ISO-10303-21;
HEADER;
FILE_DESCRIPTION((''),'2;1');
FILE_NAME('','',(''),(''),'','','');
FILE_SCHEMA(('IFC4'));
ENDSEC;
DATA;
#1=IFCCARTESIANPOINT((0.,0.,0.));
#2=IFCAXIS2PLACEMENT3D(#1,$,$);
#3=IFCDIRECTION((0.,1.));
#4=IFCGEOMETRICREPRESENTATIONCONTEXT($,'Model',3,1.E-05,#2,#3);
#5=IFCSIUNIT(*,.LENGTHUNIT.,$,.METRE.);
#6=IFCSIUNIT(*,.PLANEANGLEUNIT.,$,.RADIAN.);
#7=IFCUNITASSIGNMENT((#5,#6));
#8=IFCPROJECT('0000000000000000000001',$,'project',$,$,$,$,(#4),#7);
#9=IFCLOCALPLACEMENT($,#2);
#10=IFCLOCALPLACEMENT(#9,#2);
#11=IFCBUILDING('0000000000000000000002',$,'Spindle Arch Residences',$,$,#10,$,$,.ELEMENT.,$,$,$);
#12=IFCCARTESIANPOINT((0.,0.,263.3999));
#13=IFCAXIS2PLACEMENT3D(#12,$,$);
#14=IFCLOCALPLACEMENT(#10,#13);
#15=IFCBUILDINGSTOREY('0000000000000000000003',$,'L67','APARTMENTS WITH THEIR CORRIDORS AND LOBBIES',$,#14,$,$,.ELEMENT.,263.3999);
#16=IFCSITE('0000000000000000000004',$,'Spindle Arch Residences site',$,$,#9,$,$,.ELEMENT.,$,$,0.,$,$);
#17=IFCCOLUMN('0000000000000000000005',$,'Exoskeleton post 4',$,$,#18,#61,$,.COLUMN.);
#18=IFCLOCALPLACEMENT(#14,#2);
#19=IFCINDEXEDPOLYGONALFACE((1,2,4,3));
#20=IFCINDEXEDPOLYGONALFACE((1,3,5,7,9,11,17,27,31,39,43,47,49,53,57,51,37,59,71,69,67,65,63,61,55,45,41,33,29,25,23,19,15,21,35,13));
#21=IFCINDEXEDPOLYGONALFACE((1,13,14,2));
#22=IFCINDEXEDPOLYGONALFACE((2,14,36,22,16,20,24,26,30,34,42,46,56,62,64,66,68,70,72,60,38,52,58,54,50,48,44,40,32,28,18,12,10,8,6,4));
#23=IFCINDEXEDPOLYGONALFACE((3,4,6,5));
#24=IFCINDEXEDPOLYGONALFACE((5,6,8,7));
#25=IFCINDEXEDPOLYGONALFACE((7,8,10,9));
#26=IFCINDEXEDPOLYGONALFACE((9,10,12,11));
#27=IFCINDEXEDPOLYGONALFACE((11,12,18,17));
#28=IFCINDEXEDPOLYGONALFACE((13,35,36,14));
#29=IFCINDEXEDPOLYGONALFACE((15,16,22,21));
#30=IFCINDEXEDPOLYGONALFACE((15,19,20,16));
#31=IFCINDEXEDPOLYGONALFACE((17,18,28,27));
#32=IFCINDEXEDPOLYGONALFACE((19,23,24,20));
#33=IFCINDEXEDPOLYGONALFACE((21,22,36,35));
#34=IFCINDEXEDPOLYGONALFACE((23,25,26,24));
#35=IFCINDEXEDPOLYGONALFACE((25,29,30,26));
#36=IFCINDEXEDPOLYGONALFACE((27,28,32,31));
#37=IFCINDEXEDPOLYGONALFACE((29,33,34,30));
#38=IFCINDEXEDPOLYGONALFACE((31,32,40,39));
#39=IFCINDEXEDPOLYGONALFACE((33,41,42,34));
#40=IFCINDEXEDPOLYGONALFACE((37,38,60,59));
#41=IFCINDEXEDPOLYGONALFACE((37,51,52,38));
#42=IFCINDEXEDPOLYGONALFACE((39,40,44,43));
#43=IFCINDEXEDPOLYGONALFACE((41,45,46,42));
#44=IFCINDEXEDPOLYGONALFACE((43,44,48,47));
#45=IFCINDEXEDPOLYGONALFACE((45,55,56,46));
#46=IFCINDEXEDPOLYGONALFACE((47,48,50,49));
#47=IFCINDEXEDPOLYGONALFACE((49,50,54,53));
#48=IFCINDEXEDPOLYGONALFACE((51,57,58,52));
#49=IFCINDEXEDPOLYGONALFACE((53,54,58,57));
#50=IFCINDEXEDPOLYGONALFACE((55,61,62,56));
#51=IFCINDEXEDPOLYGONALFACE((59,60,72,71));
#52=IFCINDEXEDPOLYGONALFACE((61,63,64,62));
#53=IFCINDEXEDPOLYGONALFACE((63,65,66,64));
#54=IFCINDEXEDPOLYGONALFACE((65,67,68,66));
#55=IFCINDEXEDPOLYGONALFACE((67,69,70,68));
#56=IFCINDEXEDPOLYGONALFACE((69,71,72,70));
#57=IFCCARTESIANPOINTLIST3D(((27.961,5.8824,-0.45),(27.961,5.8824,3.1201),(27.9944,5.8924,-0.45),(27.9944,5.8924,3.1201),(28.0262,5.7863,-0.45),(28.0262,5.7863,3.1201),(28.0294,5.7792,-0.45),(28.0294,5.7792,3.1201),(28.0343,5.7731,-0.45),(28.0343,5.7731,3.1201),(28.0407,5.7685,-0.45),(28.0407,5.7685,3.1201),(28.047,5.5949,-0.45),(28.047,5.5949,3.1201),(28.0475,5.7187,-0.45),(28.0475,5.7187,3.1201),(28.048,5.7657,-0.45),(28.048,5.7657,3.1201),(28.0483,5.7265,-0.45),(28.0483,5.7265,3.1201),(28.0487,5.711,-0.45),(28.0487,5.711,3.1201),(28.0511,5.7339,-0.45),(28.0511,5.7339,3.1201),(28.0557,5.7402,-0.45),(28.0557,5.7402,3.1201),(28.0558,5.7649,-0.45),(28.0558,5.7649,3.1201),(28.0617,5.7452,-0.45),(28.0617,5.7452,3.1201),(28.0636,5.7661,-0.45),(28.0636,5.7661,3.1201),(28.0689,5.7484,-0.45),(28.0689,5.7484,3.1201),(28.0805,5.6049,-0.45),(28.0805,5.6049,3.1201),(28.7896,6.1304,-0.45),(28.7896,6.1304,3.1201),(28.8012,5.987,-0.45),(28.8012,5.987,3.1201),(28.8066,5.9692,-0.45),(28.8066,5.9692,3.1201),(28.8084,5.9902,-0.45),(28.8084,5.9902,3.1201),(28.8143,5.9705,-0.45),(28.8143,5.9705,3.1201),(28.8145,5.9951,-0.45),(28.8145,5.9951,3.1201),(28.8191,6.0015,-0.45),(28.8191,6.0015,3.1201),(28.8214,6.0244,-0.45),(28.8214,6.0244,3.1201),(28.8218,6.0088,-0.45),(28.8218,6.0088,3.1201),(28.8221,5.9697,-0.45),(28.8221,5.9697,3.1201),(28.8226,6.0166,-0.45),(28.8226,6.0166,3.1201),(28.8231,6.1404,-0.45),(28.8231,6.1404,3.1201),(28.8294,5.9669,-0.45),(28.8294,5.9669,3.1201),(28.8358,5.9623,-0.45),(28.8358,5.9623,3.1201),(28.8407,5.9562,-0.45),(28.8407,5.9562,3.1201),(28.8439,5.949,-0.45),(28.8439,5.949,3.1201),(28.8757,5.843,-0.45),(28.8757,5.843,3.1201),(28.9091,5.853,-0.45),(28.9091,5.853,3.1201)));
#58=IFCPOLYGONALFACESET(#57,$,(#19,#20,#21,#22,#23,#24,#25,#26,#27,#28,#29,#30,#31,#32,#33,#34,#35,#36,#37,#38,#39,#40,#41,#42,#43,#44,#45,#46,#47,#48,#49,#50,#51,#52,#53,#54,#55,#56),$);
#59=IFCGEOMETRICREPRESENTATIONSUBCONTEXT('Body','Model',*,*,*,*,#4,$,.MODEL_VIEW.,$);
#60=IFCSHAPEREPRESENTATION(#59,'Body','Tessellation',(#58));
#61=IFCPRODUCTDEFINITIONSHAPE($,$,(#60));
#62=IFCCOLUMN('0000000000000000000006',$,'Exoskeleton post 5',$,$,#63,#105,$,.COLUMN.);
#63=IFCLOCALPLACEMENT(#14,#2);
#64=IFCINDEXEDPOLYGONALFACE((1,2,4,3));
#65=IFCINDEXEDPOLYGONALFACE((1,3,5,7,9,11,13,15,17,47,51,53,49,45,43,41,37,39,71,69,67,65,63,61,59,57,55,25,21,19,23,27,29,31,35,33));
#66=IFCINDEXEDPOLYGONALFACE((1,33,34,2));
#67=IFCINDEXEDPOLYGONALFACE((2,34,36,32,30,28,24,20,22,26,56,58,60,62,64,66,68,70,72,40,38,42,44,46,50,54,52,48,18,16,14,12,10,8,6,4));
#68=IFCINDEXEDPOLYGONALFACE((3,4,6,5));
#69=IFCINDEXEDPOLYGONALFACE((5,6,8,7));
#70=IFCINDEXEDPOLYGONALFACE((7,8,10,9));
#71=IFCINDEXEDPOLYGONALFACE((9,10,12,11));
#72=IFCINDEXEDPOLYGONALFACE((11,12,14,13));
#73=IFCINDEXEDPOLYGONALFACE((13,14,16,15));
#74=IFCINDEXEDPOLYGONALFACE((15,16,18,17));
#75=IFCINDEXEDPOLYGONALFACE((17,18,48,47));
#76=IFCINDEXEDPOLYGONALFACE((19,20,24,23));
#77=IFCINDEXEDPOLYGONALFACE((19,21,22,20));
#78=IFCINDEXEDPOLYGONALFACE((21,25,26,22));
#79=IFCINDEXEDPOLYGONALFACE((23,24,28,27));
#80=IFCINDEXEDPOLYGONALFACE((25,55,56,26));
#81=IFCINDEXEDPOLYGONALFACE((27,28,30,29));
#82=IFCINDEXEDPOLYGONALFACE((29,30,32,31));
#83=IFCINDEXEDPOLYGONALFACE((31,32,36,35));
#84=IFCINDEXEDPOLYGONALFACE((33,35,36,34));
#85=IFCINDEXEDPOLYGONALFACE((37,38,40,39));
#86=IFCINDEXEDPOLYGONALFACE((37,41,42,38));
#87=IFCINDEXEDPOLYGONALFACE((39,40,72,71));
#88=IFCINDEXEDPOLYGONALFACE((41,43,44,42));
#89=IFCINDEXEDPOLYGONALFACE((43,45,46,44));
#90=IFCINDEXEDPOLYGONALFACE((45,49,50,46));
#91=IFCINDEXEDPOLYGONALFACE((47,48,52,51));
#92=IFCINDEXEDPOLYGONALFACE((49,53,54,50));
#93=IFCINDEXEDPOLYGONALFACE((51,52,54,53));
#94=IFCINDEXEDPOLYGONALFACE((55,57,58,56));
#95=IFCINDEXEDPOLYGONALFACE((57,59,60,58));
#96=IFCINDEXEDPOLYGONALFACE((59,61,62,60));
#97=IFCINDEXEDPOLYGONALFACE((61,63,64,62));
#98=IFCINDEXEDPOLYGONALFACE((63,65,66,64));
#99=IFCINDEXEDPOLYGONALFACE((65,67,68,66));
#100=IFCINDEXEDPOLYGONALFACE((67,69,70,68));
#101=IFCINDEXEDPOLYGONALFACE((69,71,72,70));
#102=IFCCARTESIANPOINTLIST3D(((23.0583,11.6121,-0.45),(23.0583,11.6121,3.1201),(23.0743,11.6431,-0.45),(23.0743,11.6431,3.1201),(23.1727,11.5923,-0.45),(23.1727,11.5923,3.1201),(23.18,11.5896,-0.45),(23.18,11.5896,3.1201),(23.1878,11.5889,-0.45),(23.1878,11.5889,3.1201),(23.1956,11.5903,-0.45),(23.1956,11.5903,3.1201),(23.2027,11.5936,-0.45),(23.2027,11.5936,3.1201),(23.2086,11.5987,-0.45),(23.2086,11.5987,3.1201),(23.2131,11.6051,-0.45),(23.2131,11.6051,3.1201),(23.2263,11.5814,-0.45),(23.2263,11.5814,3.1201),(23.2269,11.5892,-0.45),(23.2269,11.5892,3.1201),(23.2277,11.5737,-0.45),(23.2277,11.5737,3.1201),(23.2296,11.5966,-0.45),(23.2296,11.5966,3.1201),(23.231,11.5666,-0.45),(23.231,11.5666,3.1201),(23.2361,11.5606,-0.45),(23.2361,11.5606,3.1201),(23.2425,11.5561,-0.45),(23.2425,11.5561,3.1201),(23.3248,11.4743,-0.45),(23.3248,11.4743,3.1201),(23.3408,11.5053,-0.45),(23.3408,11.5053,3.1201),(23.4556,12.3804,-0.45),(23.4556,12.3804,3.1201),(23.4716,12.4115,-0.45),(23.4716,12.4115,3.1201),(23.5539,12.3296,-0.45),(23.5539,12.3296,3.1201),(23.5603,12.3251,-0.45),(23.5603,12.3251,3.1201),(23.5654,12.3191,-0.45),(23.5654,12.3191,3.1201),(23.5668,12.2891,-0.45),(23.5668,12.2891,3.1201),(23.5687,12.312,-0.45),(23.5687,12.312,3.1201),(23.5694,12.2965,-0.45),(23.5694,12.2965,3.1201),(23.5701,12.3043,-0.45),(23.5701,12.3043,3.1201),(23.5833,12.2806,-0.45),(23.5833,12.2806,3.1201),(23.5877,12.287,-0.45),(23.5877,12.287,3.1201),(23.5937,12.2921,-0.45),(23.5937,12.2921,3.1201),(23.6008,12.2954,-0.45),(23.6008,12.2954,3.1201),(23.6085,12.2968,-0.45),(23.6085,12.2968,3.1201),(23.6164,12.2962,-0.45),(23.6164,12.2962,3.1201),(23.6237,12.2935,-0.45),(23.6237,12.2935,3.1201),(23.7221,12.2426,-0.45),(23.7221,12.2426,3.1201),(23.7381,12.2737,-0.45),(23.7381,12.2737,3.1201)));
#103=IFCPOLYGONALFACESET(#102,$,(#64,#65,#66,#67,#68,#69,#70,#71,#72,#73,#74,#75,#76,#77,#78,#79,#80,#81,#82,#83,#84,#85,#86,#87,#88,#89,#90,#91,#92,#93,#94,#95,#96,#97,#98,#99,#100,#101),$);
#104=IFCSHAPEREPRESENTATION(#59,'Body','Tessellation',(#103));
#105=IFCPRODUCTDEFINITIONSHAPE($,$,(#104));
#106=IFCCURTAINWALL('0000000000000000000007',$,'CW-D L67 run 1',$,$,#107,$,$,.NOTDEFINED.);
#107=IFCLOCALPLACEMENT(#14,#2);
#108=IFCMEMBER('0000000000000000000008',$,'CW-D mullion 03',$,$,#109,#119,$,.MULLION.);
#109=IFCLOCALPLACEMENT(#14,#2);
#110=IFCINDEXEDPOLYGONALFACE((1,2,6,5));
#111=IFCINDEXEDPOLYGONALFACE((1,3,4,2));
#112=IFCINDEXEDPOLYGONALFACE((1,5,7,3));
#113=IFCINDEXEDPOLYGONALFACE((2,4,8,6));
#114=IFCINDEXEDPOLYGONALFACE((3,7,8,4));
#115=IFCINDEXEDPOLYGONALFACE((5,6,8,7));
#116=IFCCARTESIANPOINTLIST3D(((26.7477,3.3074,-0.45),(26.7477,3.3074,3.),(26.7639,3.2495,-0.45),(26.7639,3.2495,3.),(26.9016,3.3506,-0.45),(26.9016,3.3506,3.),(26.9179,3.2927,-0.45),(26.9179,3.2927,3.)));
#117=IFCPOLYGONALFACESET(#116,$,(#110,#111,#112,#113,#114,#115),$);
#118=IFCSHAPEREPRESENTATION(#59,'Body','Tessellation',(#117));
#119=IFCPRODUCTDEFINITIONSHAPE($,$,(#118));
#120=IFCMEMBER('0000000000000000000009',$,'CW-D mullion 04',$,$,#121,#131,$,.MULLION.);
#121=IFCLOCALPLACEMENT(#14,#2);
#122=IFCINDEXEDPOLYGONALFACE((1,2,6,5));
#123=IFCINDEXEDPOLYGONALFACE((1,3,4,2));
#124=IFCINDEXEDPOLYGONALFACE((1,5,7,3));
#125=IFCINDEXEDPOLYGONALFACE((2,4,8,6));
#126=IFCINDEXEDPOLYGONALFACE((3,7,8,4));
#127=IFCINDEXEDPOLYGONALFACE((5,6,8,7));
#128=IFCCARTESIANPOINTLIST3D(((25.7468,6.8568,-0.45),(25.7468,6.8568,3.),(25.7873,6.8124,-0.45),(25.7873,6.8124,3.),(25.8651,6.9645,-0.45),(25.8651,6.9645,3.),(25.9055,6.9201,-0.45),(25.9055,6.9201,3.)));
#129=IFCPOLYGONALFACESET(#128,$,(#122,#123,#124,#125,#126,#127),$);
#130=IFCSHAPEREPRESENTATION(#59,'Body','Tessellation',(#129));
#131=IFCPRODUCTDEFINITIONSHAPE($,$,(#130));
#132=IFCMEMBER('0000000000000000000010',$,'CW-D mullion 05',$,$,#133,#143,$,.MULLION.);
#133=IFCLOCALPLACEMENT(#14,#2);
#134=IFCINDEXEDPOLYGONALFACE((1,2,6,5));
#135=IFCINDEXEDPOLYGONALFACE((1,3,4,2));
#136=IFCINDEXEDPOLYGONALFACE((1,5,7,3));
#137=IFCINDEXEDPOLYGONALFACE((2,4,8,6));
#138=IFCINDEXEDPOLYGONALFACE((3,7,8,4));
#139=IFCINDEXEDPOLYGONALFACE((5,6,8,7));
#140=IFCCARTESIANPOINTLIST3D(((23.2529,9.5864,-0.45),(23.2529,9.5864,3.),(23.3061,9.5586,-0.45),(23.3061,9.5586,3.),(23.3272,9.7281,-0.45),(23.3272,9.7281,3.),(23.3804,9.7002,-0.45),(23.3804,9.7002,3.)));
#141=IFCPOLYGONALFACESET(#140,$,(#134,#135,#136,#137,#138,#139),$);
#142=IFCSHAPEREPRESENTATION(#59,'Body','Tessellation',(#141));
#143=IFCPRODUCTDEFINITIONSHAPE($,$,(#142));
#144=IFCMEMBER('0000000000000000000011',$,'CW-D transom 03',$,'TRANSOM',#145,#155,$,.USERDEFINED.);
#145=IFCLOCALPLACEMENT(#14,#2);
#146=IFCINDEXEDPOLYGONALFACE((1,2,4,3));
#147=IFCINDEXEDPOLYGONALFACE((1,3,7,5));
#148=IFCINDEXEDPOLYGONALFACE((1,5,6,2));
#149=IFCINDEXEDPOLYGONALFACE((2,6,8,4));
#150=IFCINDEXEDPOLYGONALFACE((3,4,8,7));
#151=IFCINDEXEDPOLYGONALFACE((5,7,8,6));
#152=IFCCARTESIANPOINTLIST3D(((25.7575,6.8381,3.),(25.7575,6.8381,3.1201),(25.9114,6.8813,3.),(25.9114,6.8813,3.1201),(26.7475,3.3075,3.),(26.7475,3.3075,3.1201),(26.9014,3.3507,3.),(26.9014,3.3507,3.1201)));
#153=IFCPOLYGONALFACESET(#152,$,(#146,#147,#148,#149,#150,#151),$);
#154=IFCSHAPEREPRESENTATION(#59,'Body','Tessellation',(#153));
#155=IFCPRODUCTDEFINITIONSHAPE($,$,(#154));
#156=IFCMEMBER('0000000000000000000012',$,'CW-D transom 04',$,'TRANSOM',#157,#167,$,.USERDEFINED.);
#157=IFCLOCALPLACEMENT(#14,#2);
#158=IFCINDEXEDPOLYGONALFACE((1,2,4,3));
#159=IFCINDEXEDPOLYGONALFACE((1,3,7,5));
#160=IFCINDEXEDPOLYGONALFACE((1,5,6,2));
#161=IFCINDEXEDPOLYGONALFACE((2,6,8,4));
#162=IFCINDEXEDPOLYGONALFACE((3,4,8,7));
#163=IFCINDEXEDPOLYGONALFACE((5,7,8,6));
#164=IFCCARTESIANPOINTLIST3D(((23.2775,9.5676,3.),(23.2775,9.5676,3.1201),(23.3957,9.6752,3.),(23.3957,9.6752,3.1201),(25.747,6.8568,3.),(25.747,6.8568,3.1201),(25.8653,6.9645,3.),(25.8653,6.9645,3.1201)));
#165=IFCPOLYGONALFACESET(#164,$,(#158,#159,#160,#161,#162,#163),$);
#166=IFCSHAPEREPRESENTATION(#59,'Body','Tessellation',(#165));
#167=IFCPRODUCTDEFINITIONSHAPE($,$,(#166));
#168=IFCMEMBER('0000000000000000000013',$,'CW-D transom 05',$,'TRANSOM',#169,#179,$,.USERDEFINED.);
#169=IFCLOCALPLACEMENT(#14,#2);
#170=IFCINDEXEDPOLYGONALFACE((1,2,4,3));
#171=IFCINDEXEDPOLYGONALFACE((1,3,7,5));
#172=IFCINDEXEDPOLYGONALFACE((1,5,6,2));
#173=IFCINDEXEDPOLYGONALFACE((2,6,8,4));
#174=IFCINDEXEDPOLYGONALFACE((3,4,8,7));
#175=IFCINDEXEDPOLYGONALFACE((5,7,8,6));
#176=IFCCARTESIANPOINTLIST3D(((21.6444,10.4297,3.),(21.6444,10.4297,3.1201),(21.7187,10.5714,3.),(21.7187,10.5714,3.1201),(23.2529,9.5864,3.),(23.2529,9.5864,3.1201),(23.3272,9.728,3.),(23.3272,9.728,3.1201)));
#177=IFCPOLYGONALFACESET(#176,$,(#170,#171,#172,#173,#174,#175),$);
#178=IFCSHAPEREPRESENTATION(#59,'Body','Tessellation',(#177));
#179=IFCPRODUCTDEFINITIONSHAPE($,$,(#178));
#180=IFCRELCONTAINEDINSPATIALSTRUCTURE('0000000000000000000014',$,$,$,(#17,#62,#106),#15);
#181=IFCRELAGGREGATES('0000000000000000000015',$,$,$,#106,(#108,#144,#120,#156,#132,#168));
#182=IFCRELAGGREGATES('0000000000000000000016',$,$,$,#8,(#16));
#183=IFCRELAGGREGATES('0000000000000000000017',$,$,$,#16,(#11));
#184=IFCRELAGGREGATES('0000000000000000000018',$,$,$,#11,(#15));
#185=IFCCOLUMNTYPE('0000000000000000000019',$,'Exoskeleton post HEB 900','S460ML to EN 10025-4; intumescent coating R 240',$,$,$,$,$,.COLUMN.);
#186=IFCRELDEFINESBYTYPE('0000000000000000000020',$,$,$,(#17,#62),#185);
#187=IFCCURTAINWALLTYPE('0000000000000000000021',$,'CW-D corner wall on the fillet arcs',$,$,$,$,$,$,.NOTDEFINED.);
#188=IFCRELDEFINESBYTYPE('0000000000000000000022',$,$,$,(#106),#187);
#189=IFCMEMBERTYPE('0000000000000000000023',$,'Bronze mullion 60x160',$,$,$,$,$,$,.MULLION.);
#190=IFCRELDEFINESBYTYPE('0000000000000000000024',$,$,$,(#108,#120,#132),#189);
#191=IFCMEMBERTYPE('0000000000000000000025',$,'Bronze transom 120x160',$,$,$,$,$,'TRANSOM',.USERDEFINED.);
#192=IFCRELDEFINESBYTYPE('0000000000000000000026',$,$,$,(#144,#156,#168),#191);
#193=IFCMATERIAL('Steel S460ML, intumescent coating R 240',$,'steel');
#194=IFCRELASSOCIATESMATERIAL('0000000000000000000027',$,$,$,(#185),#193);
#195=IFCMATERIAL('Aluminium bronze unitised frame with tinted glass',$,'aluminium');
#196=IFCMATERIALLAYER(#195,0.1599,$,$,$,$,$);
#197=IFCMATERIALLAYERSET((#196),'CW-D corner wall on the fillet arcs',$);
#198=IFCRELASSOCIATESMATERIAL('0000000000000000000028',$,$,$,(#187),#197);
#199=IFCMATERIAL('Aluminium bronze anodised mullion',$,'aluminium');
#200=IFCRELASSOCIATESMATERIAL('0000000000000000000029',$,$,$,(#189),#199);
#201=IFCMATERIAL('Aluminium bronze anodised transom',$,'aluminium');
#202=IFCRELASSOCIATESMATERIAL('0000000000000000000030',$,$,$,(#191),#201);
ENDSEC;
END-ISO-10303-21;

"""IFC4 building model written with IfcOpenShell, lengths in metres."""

from ifc_helpers import new_model, si_unit, direction, frame, origin, origin_2d, place, context, subcontext, project, spatial, rectangle, i_section, extrude, material, layer, layer_set, material_profile, profile_set, type_object, element, aggregate, save


model = new_model("IFC4")

# Units and contexts
model_context = context("Model", 3, precision=1e-05, world=origin(), true_north=direction((0.0, 1.0)))
body_context = subcontext(model_context, "Body", "Model", "MODEL_VIEW")
ifc_project = project(units=[si_unit("LENGTHUNIT", "METRE"), si_unit("PLANEANGLEUNIT", "RADIAN")], contexts=[model_context])

# Site, building, storey
site_placement = place(None, origin())
site = spatial("IfcSite", under=ifc_project, at=site_placement, Name="Spindle Arch Residences site", CompositionType="ELEMENT", RefElevation=0.0)
building_placement = place(site_placement, origin())
building = spatial("IfcBuilding", under=site, at=building_placement, Name="Spindle Arch Residences", CompositionType="ELEMENT")
storey_placement = place(building_placement, frame((0.0, 0.0, 263.3999)))
storey = spatial("IfcBuildingStorey", under=building, at=storey_placement, Name="L67", Description="APARTMENTS WITH THEIR CORRIDORS AND LOBBIES", CompositionType="ELEMENT", Elevation=263.3999)

# Columns
ifc_material_1 = material(Name="Steel S460ML, intumescent coating R 240", Category="steel")
ifc_material_profile_1 = material_profile(ifc_material_1, i_section(OverallWidth=0.3, OverallDepth=0.8999, WebThickness=0.0186, FlangeThickness=0.0349, FilletRadius=0.03, at=origin_2d()), Name="HEB 900")
ifc_profile_set_1 = profile_set([ifc_material_profile_1], Name="Steel S460ML, intumescent coating R 240")
column_type = type_object("IfcColumnType", Name="Exoskeleton post HEB 900", Description="S460ML to EN 10025-4; intumescent coating R 240", PredefinedType="COLUMN", material=ifc_profile_set_1)
for number, where, z_axis, x_axis, name in (
    (1, (28.4351, 5.8677, -0.45), (0.0, 0.0, 1.0), (0.286784, -0.957995, 0.0), "Exoskeleton post 4"),
    (2, (23.3982, 11.9429, -0.45), (0.0, 0.0, 1.0), (0.888286, -0.459291, 0.0), "Exoskeleton post 5"),
):
    element("IfcColumn", number, at=place(storey_placement, frame(where, z_axis=z_axis, x_axis=x_axis)), inside=storey, type_object=column_type, Name=name, PredefinedType="COLUMN", context=body_context, shape_type="SweptSolid", body=[
        extrude(i_section(OverallWidth=0.3, OverallDepth=0.8999, WebThickness=0.0186, FlangeThickness=0.0349, FilletRadius=0.03, at=origin_2d()), origin(), (0.0, 0.0, 1.0), 3.5701),
    ])

# Curtain wall, members
ifc_material_2 = material(Name="Aluminium bronze unitised frame with tinted glass", Category="aluminium")
ifc_layer_1 = layer(ifc_material_2, 0.1599)
ifc_layer_set_1 = layer_set([ifc_layer_1], Name="CW-D corner wall on the fillet arcs")
curtain_wall_type = type_object("IfcCurtainWallType", Name="CW-D corner wall on the fillet arcs", PredefinedType="NOTDEFINED", material=ifc_layer_set_1)
curtain_wall_placement = place(storey_placement, origin())
curtain_wall = element("IfcCurtainWall", 3, at=curtain_wall_placement, inside=storey, type_object=curtain_wall_type, Name="CW-D L67 run 1", PredefinedType="NOTDEFINED")
ifc_material_3 = material(Name="Aluminium bronze anodised mullion", Category="aluminium")
ifc_material_profile_2 = material_profile(ifc_material_3, rectangle(XDim=0.1599, YDim=0.0601, at=origin_2d()), Name="MU 60x160")
ifc_profile_set_2 = profile_set([ifc_material_profile_2], Name="Aluminium bronze anodised mullion")
member_type_1 = type_object("IfcMemberType", Name="Bronze mullion 60x160", PredefinedType="MULLION", material=ifc_profile_set_2)
member_1_placement = place(storey_placement, frame((26.8328, 3.3, -0.45), z_axis=(0.0, 0.0, 1.0), x_axis=(-0.962849, -0.27004, 0.0)))
member_1 = element("IfcMember", 4, at=member_1_placement, type_object=member_type_1, Name="CW-D mullion 03", PredefinedType="MULLION", context=body_context, shape_type="SweptSolid", body=[
    extrude(rectangle(XDim=0.1599, YDim=0.0601, at=origin_2d()), origin(), (0.0, 0.0, 1.0), 3.45),
])
member_2_placement = place(storey_placement, frame((25.8262, 6.8884, -0.45), z_axis=(0.0, 0.0, 1.0), x_axis=(-0.739239, -0.673443, 0.0)))
member_2 = element("IfcMember", 5, at=member_2_placement, type_object=member_type_1, Name="CW-D mullion 04", PredefinedType="MULLION", context=body_context, shape_type="SweptSolid", body=[
    extrude(rectangle(XDim=0.1599, YDim=0.0601, at=origin_2d()), origin(), (0.0, 0.0, 1.0), 3.45),
])
member_3_placement = place(storey_placement, frame((23.3167, 9.6433, -0.45), z_axis=(0.0, 0.0, 1.0), x_axis=(-0.464327, -0.885664, 0.0)))
member_3 = element("IfcMember", 6, at=member_3_placement, type_object=member_type_1, Name="CW-D mullion 05", PredefinedType="MULLION", context=body_context, shape_type="SweptSolid", body=[
    extrude(rectangle(XDim=0.1599, YDim=0.0601, at=origin_2d()), origin(), (0.0, 0.0, 1.0), 3.45),
])
ifc_material_4 = material(Name="Aluminium bronze anodised transom", Category="aluminium")
ifc_material_profile_3 = material_profile(ifc_material_4, rectangle(XDim=0.1599, YDim=0.1201, at=origin_2d()), Name="TR 120x160")
ifc_profile_set_3 = profile_set([ifc_material_profile_3], Name="Aluminium bronze anodised transom")
member_type_2 = type_object("IfcMemberType", Name="Bronze transom 120x160", ElementType="TRANSOM", PredefinedType="USERDEFINED", material=ifc_profile_set_3)
member_4_placement = place(storey_placement, frame((26.8245, 3.3291, 3.0601), z_axis=(-0.269995, 0.962862, 0.0), x_axis=(-0.962862, -0.269995, 0.0)))
member_4 = element("IfcMember", 7, at=member_4_placement, type_object=member_type_2, Name="CW-D transom 03", ObjectType="TRANSOM", PredefinedType="USERDEFINED", context=body_context, shape_type="SweptSolid", body=[
    extrude(rectangle(XDim=0.1599, YDim=0.1201, at=origin_2d()), origin(), (0.0, 0.0, 1.0), 3.6667),
])
member_5_placement = place(storey_placement, frame((25.8062, 6.9106, 3.0601), z_axis=(-0.673451, 0.739232, 0.0), x_axis=(-0.739232, -0.673451, 0.0)))
member_5 = element("IfcMember", 8, at=member_5_placement, type_object=member_type_2, Name="CW-D transom 04", ObjectType="TRANSOM", PredefinedType="USERDEFINED", context=body_context, shape_type="SweptSolid", body=[
    extrude(rectangle(XDim=0.1599, YDim=0.1201, at=origin_2d()), origin(), (0.0, 0.0, 1.0), 3.667),
])
member_6_placement = place(storey_placement, frame((23.29, 9.6572, 3.0601), z_axis=(-0.885658, 0.464339, 0.0), x_axis=(-0.464339, -0.885658, 0.0)))
member_6 = element("IfcMember", 9, at=member_6_placement, type_object=member_type_2, Name="CW-D transom 05", ObjectType="TRANSOM", PredefinedType="USERDEFINED", context=body_context, shape_type="SweptSolid", body=[
    extrude(rectangle(XDim=0.1599, YDim=0.1201, at=origin_2d()), origin(), (0.0, 0.0, 1.0), 1.8162),
])

aggregate(curtain_wall, [member_1, member_4, member_2, member_5, member_3, member_6])

save(model, "model.ifc")
